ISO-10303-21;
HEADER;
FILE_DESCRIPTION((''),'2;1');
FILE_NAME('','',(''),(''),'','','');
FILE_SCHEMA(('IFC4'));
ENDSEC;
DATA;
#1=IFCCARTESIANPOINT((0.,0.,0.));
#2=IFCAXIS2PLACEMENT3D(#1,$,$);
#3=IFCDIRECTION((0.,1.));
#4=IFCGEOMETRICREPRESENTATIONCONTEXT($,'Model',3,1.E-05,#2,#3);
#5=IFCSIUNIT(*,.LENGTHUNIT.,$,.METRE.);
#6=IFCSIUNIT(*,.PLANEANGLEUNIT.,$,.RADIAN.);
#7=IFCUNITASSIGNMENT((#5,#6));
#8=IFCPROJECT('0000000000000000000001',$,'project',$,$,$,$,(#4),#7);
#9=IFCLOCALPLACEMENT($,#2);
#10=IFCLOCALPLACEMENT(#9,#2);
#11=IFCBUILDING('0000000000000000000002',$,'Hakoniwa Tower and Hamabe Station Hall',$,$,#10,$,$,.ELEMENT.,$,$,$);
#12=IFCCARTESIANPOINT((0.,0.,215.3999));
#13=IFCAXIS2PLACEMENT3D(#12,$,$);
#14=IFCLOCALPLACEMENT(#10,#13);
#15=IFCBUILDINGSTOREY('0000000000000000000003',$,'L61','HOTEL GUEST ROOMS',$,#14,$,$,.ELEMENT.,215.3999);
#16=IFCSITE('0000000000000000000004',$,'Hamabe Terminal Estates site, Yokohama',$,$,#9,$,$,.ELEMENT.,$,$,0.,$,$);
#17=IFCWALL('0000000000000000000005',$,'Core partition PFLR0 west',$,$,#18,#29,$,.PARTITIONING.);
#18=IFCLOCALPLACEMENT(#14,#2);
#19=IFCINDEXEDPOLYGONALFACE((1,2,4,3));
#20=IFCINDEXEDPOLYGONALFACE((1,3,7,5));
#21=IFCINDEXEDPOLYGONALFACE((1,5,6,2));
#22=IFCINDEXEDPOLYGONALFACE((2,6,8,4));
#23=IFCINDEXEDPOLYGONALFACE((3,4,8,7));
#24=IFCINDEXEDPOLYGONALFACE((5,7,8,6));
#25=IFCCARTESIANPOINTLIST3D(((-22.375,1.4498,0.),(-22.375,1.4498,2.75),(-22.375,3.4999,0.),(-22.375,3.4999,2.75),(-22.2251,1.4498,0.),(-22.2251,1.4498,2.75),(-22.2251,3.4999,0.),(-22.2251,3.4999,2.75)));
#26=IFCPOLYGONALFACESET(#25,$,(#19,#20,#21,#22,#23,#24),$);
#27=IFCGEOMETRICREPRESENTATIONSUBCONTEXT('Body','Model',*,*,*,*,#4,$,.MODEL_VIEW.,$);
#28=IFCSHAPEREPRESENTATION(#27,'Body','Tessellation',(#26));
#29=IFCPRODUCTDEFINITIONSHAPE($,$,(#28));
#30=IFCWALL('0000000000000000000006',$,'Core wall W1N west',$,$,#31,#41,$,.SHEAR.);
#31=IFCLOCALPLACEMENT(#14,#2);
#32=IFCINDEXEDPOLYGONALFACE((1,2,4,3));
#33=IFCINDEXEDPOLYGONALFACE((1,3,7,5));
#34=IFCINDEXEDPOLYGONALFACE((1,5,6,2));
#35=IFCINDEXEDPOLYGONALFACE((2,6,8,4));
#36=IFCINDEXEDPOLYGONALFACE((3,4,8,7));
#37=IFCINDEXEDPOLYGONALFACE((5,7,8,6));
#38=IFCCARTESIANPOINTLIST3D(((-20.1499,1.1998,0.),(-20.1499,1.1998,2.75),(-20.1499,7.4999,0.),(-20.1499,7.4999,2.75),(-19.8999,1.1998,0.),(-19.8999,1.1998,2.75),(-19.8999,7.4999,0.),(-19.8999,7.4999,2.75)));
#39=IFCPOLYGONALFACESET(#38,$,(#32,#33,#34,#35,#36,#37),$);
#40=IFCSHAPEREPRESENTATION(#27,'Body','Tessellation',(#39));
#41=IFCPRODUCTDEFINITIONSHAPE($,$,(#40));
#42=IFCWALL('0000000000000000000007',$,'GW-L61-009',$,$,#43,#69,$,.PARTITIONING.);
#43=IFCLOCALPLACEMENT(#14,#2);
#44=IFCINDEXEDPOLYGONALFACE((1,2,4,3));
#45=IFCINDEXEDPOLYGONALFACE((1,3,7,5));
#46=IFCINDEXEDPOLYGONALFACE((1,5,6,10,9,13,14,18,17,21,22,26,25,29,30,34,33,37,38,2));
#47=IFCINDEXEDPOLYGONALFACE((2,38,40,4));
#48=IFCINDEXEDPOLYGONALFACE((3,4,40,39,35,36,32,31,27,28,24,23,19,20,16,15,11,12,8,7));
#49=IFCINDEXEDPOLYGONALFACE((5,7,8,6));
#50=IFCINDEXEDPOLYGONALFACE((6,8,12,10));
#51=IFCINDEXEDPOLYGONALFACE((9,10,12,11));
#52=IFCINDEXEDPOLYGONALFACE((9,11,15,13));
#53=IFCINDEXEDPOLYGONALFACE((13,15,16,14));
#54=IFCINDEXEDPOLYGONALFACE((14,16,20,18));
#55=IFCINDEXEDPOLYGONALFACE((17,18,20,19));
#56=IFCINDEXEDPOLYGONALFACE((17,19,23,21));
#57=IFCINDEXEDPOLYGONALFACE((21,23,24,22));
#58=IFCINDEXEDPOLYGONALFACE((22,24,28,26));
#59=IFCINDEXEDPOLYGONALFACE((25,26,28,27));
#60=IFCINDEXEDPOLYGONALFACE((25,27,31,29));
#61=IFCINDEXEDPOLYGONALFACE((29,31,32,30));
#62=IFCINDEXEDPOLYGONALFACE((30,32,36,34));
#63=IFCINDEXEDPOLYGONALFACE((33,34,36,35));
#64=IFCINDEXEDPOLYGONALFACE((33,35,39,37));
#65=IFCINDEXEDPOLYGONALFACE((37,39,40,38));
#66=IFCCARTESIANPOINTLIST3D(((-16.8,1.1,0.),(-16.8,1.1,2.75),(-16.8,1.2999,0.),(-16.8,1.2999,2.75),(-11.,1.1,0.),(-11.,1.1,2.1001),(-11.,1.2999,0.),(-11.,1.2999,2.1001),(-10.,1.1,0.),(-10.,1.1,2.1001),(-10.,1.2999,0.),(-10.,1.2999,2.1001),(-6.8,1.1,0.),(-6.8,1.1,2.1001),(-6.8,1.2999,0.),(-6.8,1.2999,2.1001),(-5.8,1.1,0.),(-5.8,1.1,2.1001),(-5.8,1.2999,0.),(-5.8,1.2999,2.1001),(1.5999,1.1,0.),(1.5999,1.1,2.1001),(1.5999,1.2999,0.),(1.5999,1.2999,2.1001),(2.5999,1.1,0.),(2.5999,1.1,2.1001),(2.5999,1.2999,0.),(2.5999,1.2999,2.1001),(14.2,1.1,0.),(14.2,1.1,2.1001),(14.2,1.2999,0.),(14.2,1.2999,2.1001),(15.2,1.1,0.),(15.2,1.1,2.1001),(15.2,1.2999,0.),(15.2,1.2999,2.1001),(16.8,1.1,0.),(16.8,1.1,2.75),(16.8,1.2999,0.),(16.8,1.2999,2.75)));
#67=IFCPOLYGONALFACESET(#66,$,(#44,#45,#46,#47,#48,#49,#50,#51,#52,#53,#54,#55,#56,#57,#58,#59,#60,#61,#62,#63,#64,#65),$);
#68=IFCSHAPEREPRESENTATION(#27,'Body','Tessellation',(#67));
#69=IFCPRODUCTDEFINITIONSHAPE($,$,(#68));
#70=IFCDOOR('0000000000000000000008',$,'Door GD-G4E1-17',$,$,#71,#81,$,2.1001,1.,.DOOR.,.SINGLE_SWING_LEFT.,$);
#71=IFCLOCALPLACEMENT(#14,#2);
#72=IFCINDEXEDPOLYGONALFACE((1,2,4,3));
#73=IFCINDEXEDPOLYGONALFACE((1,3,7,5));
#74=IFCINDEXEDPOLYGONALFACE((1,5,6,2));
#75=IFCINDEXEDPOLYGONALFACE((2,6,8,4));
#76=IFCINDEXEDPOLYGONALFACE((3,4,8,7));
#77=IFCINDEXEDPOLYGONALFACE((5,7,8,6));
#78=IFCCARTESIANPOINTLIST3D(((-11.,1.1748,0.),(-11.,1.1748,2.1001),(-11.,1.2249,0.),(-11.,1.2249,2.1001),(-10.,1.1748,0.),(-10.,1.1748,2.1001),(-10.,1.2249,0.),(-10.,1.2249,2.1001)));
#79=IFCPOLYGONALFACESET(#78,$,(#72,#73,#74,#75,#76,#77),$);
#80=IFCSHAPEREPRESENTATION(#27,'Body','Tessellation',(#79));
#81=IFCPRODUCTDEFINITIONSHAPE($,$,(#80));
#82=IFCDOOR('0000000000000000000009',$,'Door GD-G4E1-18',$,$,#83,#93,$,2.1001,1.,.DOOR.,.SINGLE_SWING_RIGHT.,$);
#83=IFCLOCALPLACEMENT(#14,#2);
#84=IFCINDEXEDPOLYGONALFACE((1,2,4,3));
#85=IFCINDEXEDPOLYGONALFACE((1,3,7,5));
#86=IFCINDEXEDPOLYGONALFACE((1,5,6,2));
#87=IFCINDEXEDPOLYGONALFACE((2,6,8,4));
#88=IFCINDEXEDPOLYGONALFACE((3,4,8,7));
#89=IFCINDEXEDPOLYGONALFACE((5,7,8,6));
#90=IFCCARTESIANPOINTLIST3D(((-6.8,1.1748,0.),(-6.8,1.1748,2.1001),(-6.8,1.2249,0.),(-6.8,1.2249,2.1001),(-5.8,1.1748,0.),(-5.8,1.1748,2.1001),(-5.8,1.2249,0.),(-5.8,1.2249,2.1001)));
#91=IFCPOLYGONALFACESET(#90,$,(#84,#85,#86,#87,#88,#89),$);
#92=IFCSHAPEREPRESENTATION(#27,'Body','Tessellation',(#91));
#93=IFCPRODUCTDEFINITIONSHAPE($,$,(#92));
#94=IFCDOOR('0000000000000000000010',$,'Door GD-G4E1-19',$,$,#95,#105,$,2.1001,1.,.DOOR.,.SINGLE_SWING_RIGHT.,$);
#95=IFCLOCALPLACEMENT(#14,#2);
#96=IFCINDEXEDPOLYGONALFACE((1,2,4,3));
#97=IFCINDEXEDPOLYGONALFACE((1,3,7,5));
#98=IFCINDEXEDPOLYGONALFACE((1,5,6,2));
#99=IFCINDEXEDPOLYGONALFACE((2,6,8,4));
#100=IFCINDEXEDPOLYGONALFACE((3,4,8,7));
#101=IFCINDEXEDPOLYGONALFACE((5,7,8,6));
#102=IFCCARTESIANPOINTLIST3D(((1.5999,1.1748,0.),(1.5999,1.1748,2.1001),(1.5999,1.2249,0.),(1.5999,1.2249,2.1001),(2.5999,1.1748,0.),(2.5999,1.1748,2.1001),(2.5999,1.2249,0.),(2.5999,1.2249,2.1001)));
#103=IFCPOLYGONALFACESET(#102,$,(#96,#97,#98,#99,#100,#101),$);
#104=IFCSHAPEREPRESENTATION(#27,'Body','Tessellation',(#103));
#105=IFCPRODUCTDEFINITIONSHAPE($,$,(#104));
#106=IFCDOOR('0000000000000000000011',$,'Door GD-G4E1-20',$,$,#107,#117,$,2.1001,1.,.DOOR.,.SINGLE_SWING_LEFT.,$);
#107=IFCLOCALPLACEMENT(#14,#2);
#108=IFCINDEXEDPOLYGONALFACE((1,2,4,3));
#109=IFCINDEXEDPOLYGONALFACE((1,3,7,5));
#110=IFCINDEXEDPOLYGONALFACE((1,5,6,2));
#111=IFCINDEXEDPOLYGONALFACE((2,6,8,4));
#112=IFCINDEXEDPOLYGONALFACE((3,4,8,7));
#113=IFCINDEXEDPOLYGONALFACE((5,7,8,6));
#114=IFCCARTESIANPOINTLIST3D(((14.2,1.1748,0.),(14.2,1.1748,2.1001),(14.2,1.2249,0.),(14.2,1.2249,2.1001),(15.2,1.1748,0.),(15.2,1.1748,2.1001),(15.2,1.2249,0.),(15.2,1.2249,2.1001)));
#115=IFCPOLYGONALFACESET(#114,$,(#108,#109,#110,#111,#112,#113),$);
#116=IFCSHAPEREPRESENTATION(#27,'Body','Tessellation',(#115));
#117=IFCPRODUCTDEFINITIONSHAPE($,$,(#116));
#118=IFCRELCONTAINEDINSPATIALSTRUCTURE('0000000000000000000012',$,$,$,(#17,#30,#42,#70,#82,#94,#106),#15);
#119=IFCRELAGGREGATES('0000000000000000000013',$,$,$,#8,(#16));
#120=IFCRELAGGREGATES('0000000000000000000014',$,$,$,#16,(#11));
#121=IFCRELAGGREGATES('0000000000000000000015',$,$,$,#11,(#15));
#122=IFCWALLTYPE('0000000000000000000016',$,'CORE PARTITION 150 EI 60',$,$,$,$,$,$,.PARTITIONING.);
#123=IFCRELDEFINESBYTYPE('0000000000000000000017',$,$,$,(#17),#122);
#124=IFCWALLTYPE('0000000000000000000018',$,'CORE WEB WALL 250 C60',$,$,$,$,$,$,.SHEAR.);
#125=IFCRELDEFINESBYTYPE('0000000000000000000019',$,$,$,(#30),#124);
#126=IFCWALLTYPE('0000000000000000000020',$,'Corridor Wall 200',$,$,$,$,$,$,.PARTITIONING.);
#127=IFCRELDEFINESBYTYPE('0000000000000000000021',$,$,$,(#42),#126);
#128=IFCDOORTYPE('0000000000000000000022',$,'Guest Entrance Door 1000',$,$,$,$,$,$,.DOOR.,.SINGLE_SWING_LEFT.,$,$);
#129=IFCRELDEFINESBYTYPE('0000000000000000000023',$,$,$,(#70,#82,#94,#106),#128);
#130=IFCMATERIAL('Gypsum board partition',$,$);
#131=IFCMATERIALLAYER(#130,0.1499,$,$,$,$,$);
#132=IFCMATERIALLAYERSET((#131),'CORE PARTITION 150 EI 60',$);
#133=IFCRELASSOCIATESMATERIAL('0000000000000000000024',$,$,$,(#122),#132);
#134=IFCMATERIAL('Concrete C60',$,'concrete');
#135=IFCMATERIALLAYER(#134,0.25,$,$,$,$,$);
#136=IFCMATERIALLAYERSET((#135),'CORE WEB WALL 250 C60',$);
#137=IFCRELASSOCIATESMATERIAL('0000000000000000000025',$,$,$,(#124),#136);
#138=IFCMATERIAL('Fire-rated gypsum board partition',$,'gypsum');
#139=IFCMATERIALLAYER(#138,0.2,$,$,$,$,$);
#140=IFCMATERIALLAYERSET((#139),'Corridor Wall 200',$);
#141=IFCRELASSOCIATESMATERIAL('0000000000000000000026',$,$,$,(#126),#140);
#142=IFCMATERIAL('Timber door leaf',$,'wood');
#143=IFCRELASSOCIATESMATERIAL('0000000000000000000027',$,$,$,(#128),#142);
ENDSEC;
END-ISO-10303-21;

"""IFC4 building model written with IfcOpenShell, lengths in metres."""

from ifc_helpers import new_model, si_unit, direction, frame, frame_2d, origin, place, context, subcontext, project, spatial, rectangle, extrude, material, layer, layer_set, type_object, element, fill, save


model = new_model("IFC4")

# Units and contexts
model_context = context("Model", 3, precision=1e-05, world=origin(), true_north=direction((0.0, 1.0)))
body_context = subcontext(model_context, "Body", "Model", "MODEL_VIEW")
ifc_project = project(units=[si_unit("LENGTHUNIT", "METRE"), si_unit("PLANEANGLEUNIT", "RADIAN")], contexts=[model_context])

# Site, building, storey
site_placement = place(None, origin())
site = spatial("IfcSite", under=ifc_project, at=site_placement, Name="Hamabe Terminal Estates site, Yokohama", CompositionType="ELEMENT", RefElevation=0.0)
building_placement = place(site_placement, origin())
building = spatial("IfcBuilding", under=site, at=building_placement, Name="Hakoniwa Tower and Hamabe Station Hall", CompositionType="ELEMENT")
storey_placement = place(building_placement, frame((0.0, 0.0, 215.3999)))
storey = spatial("IfcBuildingStorey", under=building, at=storey_placement, Name="L61", Description="HOTEL GUEST ROOMS", CompositionType="ELEMENT", Elevation=215.3999)

# Walls
ifc_material_1 = material(Name="Gypsum board partition")
ifc_layer_1 = layer(ifc_material_1, 0.1499)
ifc_layer_set_1 = layer_set([ifc_layer_1], Name="CORE PARTITION 150 EI 60")
wall_type_1 = type_object("IfcWallType", Name="CORE PARTITION 150 EI 60", PredefinedType="PARTITIONING", material=ifc_layer_set_1)
wall_1_placement = place(storey_placement, frame((-22.3, 1.45, 0.0), z_axis=(0.0, 0.0, 1.0), x_axis=(0.0, 1.0, 0.0)))
element("IfcWall", 1, at=wall_1_placement, inside=storey, type_object=wall_type_1, Name="Core partition PFLR0 west", PredefinedType="PARTITIONING", context=body_context, shape_type="SweptSolid", body=[
    extrude(rectangle(XDim=2.05, YDim=0.1499, at=frame_2d((1.0249, 0.0))), origin(), (0.0, 0.0, 1.0), 2.75),
])
ifc_material_2 = material(Name="Concrete C60", Category="concrete")
ifc_layer_2 = layer(ifc_material_2, 0.25)
ifc_layer_set_2 = layer_set([ifc_layer_2], Name="CORE WEB WALL 250 C60")
wall_type_2 = type_object("IfcWallType", Name="CORE WEB WALL 250 C60", PredefinedType="SHEAR", material=ifc_layer_set_2)
wall_2_placement = place(storey_placement, frame((-20.0249, 1.2, 0.0), z_axis=(0.0, 0.0, 1.0), x_axis=(0.0, 1.0, 0.0)))
element("IfcWall", 2, at=wall_2_placement, inside=storey, type_object=wall_type_2, Name="Core wall W1N west", PredefinedType="SHEAR", context=body_context, shape_type="SweptSolid", body=[
    extrude(rectangle(XDim=6.3, YDim=0.25, at=frame_2d((3.1499, 0.0))), origin(), (0.0, 0.0, 1.0), 2.75),
])

# Wall, openings, doors
ifc_material_3 = material(Name="Fire-rated gypsum board partition", Category="gypsum")
ifc_layer_3 = layer(ifc_material_3, 0.2)
ifc_layer_set_3 = layer_set([ifc_layer_3], Name="Corridor Wall 200")
wall_type_3 = type_object("IfcWallType", Name="Corridor Wall 200", PredefinedType="PARTITIONING", material=ifc_layer_set_3)
wall_3_placement = place(storey_placement, frame((-16.8, 1.2, 0.0), z_axis=(0.0, 0.0, 1.0), x_axis=(1.0, 0.0, 0.0)))
wall_3 = element("IfcWall", 3, at=wall_3_placement, inside=storey, type_object=wall_type_3, Name="GW-L61-009", PredefinedType="PARTITIONING", context=body_context, shape_type="SweptSolid", body=[
    extrude(rectangle(XDim=33.6001, YDim=0.2, at=frame_2d((16.8, 0.0))), origin(), (0.0, 0.0, 1.0), 2.75),
])
opening_1_placement = place(wall_3_placement, frame((5.8, 0.0, 0.0)))
opening_1 = element("IfcOpeningElement", 4, at=opening_1_placement, cuts=wall_3, PredefinedType="OPENING", context=body_context, shape_type="SweptSolid", body=[
    extrude(rectangle(XDim=1.0, YDim=2.1001, at=frame_2d((0.5, 1.05))), frame((0.0, 0.1099, 0.0), z_axis=(0.0, -1.0, 0.0), x_axis=(1.0, 0.0, 0.0)), (0.0, 0.0, 1.0), 0.22),
])
opening_2_placement = place(wall_3_placement, frame((10.0, 0.0, 0.0)))
opening_2 = element("IfcOpeningElement", 5, at=opening_2_placement, cuts=wall_3, PredefinedType="OPENING", context=body_context, shape_type="SweptSolid", body=[
    extrude(rectangle(XDim=1.0, YDim=2.1001, at=frame_2d((0.5, 1.05))), frame((0.0, 0.1099, 0.0), z_axis=(0.0, -1.0, 0.0), x_axis=(1.0, 0.0, 0.0)), (0.0, 0.0, 1.0), 0.22),
])
opening_3_placement = place(wall_3_placement, frame((18.3999, 0.0, 0.0)))
opening_3 = element("IfcOpeningElement", 6, at=opening_3_placement, cuts=wall_3, PredefinedType="OPENING", context=body_context, shape_type="SweptSolid", body=[
    extrude(rectangle(XDim=1.0, YDim=2.1001, at=frame_2d((0.5, 1.05))), frame((0.0, 0.1099, 0.0), z_axis=(0.0, -1.0, 0.0), x_axis=(1.0, 0.0, 0.0)), (0.0, 0.0, 1.0), 0.22),
])
opening_4_placement = place(wall_3_placement, frame((31.0, 0.0, 0.0)))
opening_4 = element("IfcOpeningElement", 7, at=opening_4_placement, cuts=wall_3, PredefinedType="OPENING", context=body_context, shape_type="SweptSolid", body=[
    extrude(rectangle(XDim=1.0, YDim=2.1001, at=frame_2d((0.5, 1.05))), frame((0.0, 0.1099, 0.0), z_axis=(0.0, -1.0, 0.0), x_axis=(1.0, 0.0, 0.0)), (0.0, 0.0, 1.0), 0.22),
])
ifc_material_4 = material(Name="Timber door leaf", Category="wood")
door_type_1 = type_object("IfcDoorType", Name="Guest Entrance Door 1000", OperationType="SINGLE_SWING_LEFT", PredefinedType="DOOR", material=ifc_material_4)
door_1_placement = place(opening_1_placement, origin())
door_1 = element("IfcDoor", 8, at=door_1_placement, inside=storey, type_object=door_type_1, Name="Door GD-G4E1-17", OperationType="SINGLE_SWING_LEFT", OverallHeight=2.1001, OverallWidth=1.0, PredefinedType="DOOR", context=body_context, shape_type="SweptSolid", body=[
    extrude(rectangle(XDim=1.0, YDim=2.1001, at=frame_2d((0.5, 1.05))), frame((0.0, 0.0249, 0.0), z_axis=(0.0, -1.0, 0.0), x_axis=(1.0, 0.0, 0.0)), (0.0, 0.0, 1.0), 0.05),
])
fill(opening_1, door_1)
door_2_placement = place(opening_2_placement, origin())
door_2 = element("IfcDoor", 9, at=door_2_placement, inside=storey, type_object=door_type_1, Name="Door GD-G4E1-18", OperationType="SINGLE_SWING_RIGHT", OverallHeight=2.1001, OverallWidth=1.0, PredefinedType="DOOR", context=body_context, shape_type="SweptSolid", body=[
    extrude(rectangle(XDim=1.0, YDim=2.1001, at=frame_2d((0.5, 1.05))), frame((0.0, 0.0249, 0.0), z_axis=(0.0, -1.0, 0.0), x_axis=(1.0, 0.0, 0.0)), (0.0, 0.0, 1.0), 0.05),
])
fill(opening_2, door_2)
door_3_placement = place(opening_3_placement, origin())
door_3 = element("IfcDoor", 10, at=door_3_placement, inside=storey, type_object=door_type_1, Name="Door GD-G4E1-19", OperationType="SINGLE_SWING_RIGHT", OverallHeight=2.1001, OverallWidth=1.0, PredefinedType="DOOR", context=body_context, shape_type="SweptSolid", body=[
    extrude(rectangle(XDim=1.0, YDim=2.1001, at=frame_2d((0.5, 1.05))), frame((0.0, 0.0249, 0.0), z_axis=(0.0, -1.0, 0.0), x_axis=(1.0, 0.0, 0.0)), (0.0, 0.0, 1.0), 0.05),
])
fill(opening_3, door_3)
door_4_placement = place(opening_4_placement, origin())
door_4 = element("IfcDoor", 11, at=door_4_placement, inside=storey, type_object=door_type_1, Name="Door GD-G4E1-20", OperationType="SINGLE_SWING_LEFT", OverallHeight=2.1001, OverallWidth=1.0, PredefinedType="DOOR", context=body_context, shape_type="SweptSolid", body=[
    extrude(rectangle(XDim=1.0, YDim=2.1001, at=frame_2d((0.5, 1.05))), frame((0.0, 0.0249, 0.0), z_axis=(0.0, -1.0, 0.0), x_axis=(1.0, 0.0, 0.0)), (0.0, 0.0, 1.0), 0.05),
])
fill(opening_4, door_4)

save(model, "model.ifc")
